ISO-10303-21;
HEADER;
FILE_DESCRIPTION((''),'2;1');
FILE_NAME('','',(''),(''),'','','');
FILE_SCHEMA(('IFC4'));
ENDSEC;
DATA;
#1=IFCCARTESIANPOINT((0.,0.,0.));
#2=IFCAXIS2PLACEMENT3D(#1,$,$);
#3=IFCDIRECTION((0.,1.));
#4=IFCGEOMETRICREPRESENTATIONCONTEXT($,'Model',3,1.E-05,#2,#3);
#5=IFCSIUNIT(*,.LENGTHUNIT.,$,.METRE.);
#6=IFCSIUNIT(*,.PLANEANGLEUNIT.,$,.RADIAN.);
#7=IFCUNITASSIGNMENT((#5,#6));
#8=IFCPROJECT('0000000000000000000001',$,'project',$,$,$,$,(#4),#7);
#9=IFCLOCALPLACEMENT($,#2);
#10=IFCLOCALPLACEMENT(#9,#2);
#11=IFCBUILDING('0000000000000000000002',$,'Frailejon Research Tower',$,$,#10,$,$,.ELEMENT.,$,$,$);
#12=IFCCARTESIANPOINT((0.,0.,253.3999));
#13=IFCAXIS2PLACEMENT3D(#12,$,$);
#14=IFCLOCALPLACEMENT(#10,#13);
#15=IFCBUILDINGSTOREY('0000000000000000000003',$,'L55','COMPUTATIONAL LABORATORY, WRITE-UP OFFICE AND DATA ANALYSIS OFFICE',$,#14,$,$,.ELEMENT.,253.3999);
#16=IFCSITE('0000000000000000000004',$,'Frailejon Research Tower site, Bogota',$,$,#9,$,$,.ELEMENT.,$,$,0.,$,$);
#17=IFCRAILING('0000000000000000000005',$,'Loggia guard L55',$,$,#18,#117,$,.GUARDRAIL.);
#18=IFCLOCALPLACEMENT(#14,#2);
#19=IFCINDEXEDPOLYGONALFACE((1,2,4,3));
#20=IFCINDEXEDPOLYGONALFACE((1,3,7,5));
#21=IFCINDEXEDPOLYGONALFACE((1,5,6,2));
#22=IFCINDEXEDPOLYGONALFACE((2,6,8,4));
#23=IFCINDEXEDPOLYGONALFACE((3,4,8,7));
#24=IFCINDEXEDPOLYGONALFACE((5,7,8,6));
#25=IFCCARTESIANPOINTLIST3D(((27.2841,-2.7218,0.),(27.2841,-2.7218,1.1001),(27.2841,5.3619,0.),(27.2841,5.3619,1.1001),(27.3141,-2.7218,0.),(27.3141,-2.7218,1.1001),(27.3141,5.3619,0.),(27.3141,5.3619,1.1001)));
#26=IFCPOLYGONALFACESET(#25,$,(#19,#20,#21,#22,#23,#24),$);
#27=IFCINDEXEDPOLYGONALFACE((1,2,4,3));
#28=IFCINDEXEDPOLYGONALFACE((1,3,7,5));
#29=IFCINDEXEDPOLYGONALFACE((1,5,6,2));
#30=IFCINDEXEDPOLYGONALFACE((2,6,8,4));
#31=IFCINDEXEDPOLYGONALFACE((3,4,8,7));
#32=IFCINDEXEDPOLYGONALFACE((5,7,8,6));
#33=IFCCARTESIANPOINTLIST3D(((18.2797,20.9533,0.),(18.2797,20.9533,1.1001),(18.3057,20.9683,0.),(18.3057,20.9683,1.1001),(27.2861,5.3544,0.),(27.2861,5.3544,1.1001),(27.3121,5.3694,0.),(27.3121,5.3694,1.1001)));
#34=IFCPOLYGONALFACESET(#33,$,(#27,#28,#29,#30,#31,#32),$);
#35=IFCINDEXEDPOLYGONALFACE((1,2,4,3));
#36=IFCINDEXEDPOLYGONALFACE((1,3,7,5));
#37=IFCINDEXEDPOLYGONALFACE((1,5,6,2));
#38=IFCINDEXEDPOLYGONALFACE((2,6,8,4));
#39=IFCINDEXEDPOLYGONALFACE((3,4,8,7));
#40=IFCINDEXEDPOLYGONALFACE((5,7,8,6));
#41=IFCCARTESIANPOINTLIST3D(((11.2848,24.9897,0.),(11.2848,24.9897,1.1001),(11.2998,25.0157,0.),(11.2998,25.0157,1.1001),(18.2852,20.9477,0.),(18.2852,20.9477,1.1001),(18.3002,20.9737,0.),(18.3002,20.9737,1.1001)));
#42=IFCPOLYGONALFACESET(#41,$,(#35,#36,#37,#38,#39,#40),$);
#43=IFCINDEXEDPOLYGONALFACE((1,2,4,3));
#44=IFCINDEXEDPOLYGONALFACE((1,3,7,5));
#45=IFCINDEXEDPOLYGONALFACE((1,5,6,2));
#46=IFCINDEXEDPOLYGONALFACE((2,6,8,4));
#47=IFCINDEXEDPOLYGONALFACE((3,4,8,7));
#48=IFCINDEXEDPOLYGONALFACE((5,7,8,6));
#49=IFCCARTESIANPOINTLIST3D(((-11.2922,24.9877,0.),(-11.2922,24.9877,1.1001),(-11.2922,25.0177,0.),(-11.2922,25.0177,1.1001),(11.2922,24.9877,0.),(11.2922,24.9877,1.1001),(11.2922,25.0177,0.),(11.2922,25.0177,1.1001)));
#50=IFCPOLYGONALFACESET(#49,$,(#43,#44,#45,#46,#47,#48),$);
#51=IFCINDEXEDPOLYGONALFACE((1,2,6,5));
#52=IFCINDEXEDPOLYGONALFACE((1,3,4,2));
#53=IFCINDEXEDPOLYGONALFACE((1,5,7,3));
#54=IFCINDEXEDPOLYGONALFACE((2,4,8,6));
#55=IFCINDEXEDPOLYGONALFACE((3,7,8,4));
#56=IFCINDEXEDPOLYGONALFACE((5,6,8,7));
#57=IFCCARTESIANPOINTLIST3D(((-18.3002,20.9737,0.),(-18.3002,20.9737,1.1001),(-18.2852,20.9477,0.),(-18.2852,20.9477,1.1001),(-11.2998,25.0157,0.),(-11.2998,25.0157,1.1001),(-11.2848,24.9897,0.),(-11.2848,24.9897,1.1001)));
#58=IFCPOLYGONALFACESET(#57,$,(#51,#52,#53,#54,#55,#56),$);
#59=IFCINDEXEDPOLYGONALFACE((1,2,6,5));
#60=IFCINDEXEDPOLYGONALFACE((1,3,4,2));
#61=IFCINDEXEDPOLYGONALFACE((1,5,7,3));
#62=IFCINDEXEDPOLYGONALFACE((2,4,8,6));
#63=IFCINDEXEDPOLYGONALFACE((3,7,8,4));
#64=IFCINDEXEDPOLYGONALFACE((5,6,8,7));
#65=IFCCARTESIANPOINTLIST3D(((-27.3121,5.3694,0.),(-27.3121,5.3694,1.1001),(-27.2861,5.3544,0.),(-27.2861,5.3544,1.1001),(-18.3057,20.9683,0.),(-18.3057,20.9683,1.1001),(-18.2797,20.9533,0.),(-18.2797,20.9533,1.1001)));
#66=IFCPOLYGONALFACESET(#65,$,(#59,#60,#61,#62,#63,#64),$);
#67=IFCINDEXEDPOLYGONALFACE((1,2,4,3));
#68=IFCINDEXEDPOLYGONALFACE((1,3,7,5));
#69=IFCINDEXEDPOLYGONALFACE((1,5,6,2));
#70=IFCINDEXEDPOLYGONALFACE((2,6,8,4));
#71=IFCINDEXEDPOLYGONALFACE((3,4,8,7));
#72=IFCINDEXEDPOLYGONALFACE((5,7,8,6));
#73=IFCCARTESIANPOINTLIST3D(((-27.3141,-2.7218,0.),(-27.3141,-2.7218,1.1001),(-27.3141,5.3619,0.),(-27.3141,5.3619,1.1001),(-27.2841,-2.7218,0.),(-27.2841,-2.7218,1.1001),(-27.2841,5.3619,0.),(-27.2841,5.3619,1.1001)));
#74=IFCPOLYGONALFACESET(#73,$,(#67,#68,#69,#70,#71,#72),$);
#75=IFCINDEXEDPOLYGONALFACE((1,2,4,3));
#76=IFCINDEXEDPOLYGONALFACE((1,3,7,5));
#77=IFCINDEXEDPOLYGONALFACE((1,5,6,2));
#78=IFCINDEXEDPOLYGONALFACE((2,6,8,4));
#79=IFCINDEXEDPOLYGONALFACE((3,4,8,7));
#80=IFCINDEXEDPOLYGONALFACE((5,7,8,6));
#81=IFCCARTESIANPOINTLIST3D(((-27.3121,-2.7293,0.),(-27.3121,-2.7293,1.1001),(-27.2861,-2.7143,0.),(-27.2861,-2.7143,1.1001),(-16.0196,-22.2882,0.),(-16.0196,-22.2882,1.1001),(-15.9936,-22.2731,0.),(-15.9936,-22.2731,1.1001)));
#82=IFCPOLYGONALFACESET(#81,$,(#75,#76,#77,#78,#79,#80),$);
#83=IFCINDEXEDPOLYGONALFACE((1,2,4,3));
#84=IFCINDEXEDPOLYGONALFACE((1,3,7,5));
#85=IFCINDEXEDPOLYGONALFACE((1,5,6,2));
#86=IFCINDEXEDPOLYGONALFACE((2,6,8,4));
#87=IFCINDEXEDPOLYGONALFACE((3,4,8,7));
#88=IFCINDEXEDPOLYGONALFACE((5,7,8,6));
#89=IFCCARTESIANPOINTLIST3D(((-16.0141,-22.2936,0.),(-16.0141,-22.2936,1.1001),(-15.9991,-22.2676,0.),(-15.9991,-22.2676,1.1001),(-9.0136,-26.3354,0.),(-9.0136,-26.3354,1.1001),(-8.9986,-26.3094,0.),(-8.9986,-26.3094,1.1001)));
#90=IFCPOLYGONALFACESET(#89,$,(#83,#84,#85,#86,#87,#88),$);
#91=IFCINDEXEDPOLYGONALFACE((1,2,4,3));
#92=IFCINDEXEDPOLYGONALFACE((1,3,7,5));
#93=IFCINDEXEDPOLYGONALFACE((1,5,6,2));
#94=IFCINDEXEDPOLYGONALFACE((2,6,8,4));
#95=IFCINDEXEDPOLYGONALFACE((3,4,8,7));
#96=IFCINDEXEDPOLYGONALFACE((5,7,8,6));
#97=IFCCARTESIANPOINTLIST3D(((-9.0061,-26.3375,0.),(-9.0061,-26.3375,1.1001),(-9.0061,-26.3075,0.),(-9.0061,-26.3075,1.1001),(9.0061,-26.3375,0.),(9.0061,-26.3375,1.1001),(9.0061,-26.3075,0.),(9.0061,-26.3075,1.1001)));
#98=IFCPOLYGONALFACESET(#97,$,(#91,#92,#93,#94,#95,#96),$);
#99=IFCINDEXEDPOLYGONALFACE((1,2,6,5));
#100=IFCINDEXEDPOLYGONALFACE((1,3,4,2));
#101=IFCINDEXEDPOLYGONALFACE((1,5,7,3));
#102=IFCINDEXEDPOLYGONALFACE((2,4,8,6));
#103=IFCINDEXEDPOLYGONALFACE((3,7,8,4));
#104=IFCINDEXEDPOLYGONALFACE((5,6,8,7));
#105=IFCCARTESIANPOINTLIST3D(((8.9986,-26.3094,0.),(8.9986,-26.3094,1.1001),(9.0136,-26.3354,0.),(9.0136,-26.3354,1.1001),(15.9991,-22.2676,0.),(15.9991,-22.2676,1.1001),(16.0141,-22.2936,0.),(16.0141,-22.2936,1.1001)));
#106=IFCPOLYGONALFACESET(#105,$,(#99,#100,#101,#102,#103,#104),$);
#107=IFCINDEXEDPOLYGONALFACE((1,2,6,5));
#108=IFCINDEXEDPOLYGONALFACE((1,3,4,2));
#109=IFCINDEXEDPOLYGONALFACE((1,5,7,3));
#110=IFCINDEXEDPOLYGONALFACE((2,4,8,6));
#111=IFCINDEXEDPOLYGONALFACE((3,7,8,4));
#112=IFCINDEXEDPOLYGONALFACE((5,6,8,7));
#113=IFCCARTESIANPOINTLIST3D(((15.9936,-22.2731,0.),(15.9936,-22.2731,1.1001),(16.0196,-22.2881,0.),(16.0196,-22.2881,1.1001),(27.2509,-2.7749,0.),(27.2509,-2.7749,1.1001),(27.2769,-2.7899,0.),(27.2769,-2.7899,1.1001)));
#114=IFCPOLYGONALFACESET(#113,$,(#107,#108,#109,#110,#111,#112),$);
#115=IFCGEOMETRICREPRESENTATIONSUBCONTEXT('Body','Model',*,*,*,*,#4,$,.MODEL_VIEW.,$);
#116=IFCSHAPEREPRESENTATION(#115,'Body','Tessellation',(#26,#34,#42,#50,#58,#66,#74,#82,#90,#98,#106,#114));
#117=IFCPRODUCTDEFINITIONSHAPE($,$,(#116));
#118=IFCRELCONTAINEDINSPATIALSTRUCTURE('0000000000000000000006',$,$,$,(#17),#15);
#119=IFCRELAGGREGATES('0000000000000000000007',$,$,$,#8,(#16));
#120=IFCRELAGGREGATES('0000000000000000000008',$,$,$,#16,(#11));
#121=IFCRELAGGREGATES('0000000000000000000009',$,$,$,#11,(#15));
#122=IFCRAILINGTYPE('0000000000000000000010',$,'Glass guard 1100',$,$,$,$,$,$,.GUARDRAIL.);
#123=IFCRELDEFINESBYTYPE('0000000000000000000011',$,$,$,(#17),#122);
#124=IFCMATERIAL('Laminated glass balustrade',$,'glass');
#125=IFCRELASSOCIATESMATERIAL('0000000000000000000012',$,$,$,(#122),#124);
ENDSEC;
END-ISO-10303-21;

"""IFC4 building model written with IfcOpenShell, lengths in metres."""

from ifc_helpers import new_model, si_unit, direction, frame, origin, origin_2d, place, context, subcontext, project, spatial, rectangle, extrude, material, type_object, element, save


model = new_model("IFC4")

# Units and contexts
model_context = context("Model", 3, precision=1e-05, world=origin(), true_north=direction((0.0, 1.0)))
body_context = subcontext(model_context, "Body", "Model", "MODEL_VIEW")
ifc_project = project(units=[si_unit("LENGTHUNIT", "METRE"), si_unit("PLANEANGLEUNIT", "RADIAN")], contexts=[model_context])

# Site, building, storey
site_placement = place(None, origin())
site = spatial("IfcSite", under=ifc_project, at=site_placement, Name="Frailejon Research Tower site, Bogota", CompositionType="ELEMENT", RefElevation=0.0)
building_placement = place(site_placement, origin())
building = spatial("IfcBuilding", under=site, at=building_placement, Name="Frailejon Research Tower", CompositionType="ELEMENT")
storey_placement = place(building_placement, frame((0.0, 0.0, 253.3999)))
storey = spatial("IfcBuildingStorey", under=building, at=storey_placement, Name="L55", Description="COMPUTATIONAL LABORATORY, WRITE-UP OFFICE AND DATA ANALYSIS OFFICE", CompositionType="ELEMENT", Elevation=253.3999)

# Railing
ifc_material_1 = material(Name="Laminated glass balustrade", Category="glass")
railing_type = type_object("IfcRailingType", Name="Glass guard 1100", PredefinedType="GUARDRAIL", material=ifc_material_1)
railing_placement = place(storey_placement, frame((27.2991, -2.7219, 0.0)))
element("IfcRailing", 1, at=railing_placement, inside=storey, type_object=railing_type, Name="Loggia guard L55", PredefinedType="GUARDRAIL", context=body_context, shape_type="SweptSolid", body=[
    extrude(rectangle(XDim=8.0837, YDim=0.03, at=origin_2d()), frame((0.0, 4.042, 0.0), z_axis=(0.0, 0.0, 1.0), x_axis=(0.0, 1.0, 0.0)), (0.0, 0.0, 1.0), 1.1001),
    extrude(rectangle(XDim=18.0122, YDim=0.03, at=origin_2d()), frame((-4.5032, 15.8833, 0.0), z_axis=(0.0, 0.0, 1.0), x_axis=(-0.500014, 0.866017, 0.0)), (0.0, 0.0, 1.0), 1.1001),
    extrude(rectangle(XDim=8.0835, YDim=0.03, at=origin_2d()), frame((-12.5066, 25.7036, 0.0), z_axis=(0.0, 0.0, 1.0), x_axis=(-0.866012, 0.500024, 0.0)), (0.0, 0.0, 1.0), 1.1001),
    extrude(rectangle(XDim=22.5845, YDim=0.03, at=origin_2d()), frame((-27.2991, 27.7246, 0.0), z_axis=(0.0, 0.0, 1.0), x_axis=(-1.0, 0.0, 0.0)), (0.0, 0.0, 1.0), 1.1001),
    extrude(rectangle(XDim=8.0835, YDim=0.03, at=origin_2d()), frame((-42.0916, 25.7036, 0.0), z_axis=(0.0, 0.0, 1.0), x_axis=(-0.866012, -0.500024, 0.0)), (0.0, 0.0, 1.0), 1.1001),
    extrude(rectangle(XDim=18.0122, YDim=0.03, at=origin_2d()), frame((-50.095, 15.8833, 0.0), z_axis=(0.0, 0.0, 1.0), x_axis=(-0.500014, -0.866017, 0.0)), (0.0, 0.0, 1.0), 1.1001),
    extrude(rectangle(XDim=8.0837, YDim=0.03, at=origin_2d()), frame((-54.5981, 4.042, 0.0), z_axis=(0.0, 0.0, 1.0), x_axis=(0.0, -1.0, 0.0)), (0.0, 0.0, 1.0), 1.1001),
    extrude(rectangle(XDim=22.5847, YDim=0.03, at=origin_2d()), frame((-48.9519, -9.7793, 0.0), z_axis=(0.0, 0.0, 1.0), x_axis=(0.500006, -0.866022, 0.0)), (0.0, 0.0, 1.0), 1.1001),
    extrude(rectangle(XDim=8.0835, YDim=0.03, at=origin_2d()), frame((-39.8054, -21.5796, 0.0), z_axis=(0.0, 0.0, 1.0), x_axis=(0.866025, -0.500001, 0.0)), (0.0, 0.0, 1.0), 1.1001),
    extrude(rectangle(XDim=18.0122, YDim=0.03, at=origin_2d()), frame((-27.2991, -23.6006, 0.0), z_axis=(0.0, 0.0, 1.0), x_axis=(1.0, 0.0, 0.0)), (0.0, 0.0, 1.0), 1.1001),
    extrude(rectangle(XDim=8.0835, YDim=0.03, at=origin_2d()), frame((-14.7927, -21.5796, 0.0), z_axis=(0.0, 0.0, 1.0), x_axis=(0.866025, 0.500001, 0.0)), (0.0, 0.0, 1.0), 1.1001),
    extrude(rectangle(XDim=22.5146, YDim=0.03, at=origin_2d()), frame((-5.6638, -9.8096, 0.0), z_axis=(0.0, 0.0, 1.0), x_axis=(0.499999, 0.866026, 0.0)), (0.0, 0.0, 1.0), 1.1001),
])

save(model, "model.ifc")
